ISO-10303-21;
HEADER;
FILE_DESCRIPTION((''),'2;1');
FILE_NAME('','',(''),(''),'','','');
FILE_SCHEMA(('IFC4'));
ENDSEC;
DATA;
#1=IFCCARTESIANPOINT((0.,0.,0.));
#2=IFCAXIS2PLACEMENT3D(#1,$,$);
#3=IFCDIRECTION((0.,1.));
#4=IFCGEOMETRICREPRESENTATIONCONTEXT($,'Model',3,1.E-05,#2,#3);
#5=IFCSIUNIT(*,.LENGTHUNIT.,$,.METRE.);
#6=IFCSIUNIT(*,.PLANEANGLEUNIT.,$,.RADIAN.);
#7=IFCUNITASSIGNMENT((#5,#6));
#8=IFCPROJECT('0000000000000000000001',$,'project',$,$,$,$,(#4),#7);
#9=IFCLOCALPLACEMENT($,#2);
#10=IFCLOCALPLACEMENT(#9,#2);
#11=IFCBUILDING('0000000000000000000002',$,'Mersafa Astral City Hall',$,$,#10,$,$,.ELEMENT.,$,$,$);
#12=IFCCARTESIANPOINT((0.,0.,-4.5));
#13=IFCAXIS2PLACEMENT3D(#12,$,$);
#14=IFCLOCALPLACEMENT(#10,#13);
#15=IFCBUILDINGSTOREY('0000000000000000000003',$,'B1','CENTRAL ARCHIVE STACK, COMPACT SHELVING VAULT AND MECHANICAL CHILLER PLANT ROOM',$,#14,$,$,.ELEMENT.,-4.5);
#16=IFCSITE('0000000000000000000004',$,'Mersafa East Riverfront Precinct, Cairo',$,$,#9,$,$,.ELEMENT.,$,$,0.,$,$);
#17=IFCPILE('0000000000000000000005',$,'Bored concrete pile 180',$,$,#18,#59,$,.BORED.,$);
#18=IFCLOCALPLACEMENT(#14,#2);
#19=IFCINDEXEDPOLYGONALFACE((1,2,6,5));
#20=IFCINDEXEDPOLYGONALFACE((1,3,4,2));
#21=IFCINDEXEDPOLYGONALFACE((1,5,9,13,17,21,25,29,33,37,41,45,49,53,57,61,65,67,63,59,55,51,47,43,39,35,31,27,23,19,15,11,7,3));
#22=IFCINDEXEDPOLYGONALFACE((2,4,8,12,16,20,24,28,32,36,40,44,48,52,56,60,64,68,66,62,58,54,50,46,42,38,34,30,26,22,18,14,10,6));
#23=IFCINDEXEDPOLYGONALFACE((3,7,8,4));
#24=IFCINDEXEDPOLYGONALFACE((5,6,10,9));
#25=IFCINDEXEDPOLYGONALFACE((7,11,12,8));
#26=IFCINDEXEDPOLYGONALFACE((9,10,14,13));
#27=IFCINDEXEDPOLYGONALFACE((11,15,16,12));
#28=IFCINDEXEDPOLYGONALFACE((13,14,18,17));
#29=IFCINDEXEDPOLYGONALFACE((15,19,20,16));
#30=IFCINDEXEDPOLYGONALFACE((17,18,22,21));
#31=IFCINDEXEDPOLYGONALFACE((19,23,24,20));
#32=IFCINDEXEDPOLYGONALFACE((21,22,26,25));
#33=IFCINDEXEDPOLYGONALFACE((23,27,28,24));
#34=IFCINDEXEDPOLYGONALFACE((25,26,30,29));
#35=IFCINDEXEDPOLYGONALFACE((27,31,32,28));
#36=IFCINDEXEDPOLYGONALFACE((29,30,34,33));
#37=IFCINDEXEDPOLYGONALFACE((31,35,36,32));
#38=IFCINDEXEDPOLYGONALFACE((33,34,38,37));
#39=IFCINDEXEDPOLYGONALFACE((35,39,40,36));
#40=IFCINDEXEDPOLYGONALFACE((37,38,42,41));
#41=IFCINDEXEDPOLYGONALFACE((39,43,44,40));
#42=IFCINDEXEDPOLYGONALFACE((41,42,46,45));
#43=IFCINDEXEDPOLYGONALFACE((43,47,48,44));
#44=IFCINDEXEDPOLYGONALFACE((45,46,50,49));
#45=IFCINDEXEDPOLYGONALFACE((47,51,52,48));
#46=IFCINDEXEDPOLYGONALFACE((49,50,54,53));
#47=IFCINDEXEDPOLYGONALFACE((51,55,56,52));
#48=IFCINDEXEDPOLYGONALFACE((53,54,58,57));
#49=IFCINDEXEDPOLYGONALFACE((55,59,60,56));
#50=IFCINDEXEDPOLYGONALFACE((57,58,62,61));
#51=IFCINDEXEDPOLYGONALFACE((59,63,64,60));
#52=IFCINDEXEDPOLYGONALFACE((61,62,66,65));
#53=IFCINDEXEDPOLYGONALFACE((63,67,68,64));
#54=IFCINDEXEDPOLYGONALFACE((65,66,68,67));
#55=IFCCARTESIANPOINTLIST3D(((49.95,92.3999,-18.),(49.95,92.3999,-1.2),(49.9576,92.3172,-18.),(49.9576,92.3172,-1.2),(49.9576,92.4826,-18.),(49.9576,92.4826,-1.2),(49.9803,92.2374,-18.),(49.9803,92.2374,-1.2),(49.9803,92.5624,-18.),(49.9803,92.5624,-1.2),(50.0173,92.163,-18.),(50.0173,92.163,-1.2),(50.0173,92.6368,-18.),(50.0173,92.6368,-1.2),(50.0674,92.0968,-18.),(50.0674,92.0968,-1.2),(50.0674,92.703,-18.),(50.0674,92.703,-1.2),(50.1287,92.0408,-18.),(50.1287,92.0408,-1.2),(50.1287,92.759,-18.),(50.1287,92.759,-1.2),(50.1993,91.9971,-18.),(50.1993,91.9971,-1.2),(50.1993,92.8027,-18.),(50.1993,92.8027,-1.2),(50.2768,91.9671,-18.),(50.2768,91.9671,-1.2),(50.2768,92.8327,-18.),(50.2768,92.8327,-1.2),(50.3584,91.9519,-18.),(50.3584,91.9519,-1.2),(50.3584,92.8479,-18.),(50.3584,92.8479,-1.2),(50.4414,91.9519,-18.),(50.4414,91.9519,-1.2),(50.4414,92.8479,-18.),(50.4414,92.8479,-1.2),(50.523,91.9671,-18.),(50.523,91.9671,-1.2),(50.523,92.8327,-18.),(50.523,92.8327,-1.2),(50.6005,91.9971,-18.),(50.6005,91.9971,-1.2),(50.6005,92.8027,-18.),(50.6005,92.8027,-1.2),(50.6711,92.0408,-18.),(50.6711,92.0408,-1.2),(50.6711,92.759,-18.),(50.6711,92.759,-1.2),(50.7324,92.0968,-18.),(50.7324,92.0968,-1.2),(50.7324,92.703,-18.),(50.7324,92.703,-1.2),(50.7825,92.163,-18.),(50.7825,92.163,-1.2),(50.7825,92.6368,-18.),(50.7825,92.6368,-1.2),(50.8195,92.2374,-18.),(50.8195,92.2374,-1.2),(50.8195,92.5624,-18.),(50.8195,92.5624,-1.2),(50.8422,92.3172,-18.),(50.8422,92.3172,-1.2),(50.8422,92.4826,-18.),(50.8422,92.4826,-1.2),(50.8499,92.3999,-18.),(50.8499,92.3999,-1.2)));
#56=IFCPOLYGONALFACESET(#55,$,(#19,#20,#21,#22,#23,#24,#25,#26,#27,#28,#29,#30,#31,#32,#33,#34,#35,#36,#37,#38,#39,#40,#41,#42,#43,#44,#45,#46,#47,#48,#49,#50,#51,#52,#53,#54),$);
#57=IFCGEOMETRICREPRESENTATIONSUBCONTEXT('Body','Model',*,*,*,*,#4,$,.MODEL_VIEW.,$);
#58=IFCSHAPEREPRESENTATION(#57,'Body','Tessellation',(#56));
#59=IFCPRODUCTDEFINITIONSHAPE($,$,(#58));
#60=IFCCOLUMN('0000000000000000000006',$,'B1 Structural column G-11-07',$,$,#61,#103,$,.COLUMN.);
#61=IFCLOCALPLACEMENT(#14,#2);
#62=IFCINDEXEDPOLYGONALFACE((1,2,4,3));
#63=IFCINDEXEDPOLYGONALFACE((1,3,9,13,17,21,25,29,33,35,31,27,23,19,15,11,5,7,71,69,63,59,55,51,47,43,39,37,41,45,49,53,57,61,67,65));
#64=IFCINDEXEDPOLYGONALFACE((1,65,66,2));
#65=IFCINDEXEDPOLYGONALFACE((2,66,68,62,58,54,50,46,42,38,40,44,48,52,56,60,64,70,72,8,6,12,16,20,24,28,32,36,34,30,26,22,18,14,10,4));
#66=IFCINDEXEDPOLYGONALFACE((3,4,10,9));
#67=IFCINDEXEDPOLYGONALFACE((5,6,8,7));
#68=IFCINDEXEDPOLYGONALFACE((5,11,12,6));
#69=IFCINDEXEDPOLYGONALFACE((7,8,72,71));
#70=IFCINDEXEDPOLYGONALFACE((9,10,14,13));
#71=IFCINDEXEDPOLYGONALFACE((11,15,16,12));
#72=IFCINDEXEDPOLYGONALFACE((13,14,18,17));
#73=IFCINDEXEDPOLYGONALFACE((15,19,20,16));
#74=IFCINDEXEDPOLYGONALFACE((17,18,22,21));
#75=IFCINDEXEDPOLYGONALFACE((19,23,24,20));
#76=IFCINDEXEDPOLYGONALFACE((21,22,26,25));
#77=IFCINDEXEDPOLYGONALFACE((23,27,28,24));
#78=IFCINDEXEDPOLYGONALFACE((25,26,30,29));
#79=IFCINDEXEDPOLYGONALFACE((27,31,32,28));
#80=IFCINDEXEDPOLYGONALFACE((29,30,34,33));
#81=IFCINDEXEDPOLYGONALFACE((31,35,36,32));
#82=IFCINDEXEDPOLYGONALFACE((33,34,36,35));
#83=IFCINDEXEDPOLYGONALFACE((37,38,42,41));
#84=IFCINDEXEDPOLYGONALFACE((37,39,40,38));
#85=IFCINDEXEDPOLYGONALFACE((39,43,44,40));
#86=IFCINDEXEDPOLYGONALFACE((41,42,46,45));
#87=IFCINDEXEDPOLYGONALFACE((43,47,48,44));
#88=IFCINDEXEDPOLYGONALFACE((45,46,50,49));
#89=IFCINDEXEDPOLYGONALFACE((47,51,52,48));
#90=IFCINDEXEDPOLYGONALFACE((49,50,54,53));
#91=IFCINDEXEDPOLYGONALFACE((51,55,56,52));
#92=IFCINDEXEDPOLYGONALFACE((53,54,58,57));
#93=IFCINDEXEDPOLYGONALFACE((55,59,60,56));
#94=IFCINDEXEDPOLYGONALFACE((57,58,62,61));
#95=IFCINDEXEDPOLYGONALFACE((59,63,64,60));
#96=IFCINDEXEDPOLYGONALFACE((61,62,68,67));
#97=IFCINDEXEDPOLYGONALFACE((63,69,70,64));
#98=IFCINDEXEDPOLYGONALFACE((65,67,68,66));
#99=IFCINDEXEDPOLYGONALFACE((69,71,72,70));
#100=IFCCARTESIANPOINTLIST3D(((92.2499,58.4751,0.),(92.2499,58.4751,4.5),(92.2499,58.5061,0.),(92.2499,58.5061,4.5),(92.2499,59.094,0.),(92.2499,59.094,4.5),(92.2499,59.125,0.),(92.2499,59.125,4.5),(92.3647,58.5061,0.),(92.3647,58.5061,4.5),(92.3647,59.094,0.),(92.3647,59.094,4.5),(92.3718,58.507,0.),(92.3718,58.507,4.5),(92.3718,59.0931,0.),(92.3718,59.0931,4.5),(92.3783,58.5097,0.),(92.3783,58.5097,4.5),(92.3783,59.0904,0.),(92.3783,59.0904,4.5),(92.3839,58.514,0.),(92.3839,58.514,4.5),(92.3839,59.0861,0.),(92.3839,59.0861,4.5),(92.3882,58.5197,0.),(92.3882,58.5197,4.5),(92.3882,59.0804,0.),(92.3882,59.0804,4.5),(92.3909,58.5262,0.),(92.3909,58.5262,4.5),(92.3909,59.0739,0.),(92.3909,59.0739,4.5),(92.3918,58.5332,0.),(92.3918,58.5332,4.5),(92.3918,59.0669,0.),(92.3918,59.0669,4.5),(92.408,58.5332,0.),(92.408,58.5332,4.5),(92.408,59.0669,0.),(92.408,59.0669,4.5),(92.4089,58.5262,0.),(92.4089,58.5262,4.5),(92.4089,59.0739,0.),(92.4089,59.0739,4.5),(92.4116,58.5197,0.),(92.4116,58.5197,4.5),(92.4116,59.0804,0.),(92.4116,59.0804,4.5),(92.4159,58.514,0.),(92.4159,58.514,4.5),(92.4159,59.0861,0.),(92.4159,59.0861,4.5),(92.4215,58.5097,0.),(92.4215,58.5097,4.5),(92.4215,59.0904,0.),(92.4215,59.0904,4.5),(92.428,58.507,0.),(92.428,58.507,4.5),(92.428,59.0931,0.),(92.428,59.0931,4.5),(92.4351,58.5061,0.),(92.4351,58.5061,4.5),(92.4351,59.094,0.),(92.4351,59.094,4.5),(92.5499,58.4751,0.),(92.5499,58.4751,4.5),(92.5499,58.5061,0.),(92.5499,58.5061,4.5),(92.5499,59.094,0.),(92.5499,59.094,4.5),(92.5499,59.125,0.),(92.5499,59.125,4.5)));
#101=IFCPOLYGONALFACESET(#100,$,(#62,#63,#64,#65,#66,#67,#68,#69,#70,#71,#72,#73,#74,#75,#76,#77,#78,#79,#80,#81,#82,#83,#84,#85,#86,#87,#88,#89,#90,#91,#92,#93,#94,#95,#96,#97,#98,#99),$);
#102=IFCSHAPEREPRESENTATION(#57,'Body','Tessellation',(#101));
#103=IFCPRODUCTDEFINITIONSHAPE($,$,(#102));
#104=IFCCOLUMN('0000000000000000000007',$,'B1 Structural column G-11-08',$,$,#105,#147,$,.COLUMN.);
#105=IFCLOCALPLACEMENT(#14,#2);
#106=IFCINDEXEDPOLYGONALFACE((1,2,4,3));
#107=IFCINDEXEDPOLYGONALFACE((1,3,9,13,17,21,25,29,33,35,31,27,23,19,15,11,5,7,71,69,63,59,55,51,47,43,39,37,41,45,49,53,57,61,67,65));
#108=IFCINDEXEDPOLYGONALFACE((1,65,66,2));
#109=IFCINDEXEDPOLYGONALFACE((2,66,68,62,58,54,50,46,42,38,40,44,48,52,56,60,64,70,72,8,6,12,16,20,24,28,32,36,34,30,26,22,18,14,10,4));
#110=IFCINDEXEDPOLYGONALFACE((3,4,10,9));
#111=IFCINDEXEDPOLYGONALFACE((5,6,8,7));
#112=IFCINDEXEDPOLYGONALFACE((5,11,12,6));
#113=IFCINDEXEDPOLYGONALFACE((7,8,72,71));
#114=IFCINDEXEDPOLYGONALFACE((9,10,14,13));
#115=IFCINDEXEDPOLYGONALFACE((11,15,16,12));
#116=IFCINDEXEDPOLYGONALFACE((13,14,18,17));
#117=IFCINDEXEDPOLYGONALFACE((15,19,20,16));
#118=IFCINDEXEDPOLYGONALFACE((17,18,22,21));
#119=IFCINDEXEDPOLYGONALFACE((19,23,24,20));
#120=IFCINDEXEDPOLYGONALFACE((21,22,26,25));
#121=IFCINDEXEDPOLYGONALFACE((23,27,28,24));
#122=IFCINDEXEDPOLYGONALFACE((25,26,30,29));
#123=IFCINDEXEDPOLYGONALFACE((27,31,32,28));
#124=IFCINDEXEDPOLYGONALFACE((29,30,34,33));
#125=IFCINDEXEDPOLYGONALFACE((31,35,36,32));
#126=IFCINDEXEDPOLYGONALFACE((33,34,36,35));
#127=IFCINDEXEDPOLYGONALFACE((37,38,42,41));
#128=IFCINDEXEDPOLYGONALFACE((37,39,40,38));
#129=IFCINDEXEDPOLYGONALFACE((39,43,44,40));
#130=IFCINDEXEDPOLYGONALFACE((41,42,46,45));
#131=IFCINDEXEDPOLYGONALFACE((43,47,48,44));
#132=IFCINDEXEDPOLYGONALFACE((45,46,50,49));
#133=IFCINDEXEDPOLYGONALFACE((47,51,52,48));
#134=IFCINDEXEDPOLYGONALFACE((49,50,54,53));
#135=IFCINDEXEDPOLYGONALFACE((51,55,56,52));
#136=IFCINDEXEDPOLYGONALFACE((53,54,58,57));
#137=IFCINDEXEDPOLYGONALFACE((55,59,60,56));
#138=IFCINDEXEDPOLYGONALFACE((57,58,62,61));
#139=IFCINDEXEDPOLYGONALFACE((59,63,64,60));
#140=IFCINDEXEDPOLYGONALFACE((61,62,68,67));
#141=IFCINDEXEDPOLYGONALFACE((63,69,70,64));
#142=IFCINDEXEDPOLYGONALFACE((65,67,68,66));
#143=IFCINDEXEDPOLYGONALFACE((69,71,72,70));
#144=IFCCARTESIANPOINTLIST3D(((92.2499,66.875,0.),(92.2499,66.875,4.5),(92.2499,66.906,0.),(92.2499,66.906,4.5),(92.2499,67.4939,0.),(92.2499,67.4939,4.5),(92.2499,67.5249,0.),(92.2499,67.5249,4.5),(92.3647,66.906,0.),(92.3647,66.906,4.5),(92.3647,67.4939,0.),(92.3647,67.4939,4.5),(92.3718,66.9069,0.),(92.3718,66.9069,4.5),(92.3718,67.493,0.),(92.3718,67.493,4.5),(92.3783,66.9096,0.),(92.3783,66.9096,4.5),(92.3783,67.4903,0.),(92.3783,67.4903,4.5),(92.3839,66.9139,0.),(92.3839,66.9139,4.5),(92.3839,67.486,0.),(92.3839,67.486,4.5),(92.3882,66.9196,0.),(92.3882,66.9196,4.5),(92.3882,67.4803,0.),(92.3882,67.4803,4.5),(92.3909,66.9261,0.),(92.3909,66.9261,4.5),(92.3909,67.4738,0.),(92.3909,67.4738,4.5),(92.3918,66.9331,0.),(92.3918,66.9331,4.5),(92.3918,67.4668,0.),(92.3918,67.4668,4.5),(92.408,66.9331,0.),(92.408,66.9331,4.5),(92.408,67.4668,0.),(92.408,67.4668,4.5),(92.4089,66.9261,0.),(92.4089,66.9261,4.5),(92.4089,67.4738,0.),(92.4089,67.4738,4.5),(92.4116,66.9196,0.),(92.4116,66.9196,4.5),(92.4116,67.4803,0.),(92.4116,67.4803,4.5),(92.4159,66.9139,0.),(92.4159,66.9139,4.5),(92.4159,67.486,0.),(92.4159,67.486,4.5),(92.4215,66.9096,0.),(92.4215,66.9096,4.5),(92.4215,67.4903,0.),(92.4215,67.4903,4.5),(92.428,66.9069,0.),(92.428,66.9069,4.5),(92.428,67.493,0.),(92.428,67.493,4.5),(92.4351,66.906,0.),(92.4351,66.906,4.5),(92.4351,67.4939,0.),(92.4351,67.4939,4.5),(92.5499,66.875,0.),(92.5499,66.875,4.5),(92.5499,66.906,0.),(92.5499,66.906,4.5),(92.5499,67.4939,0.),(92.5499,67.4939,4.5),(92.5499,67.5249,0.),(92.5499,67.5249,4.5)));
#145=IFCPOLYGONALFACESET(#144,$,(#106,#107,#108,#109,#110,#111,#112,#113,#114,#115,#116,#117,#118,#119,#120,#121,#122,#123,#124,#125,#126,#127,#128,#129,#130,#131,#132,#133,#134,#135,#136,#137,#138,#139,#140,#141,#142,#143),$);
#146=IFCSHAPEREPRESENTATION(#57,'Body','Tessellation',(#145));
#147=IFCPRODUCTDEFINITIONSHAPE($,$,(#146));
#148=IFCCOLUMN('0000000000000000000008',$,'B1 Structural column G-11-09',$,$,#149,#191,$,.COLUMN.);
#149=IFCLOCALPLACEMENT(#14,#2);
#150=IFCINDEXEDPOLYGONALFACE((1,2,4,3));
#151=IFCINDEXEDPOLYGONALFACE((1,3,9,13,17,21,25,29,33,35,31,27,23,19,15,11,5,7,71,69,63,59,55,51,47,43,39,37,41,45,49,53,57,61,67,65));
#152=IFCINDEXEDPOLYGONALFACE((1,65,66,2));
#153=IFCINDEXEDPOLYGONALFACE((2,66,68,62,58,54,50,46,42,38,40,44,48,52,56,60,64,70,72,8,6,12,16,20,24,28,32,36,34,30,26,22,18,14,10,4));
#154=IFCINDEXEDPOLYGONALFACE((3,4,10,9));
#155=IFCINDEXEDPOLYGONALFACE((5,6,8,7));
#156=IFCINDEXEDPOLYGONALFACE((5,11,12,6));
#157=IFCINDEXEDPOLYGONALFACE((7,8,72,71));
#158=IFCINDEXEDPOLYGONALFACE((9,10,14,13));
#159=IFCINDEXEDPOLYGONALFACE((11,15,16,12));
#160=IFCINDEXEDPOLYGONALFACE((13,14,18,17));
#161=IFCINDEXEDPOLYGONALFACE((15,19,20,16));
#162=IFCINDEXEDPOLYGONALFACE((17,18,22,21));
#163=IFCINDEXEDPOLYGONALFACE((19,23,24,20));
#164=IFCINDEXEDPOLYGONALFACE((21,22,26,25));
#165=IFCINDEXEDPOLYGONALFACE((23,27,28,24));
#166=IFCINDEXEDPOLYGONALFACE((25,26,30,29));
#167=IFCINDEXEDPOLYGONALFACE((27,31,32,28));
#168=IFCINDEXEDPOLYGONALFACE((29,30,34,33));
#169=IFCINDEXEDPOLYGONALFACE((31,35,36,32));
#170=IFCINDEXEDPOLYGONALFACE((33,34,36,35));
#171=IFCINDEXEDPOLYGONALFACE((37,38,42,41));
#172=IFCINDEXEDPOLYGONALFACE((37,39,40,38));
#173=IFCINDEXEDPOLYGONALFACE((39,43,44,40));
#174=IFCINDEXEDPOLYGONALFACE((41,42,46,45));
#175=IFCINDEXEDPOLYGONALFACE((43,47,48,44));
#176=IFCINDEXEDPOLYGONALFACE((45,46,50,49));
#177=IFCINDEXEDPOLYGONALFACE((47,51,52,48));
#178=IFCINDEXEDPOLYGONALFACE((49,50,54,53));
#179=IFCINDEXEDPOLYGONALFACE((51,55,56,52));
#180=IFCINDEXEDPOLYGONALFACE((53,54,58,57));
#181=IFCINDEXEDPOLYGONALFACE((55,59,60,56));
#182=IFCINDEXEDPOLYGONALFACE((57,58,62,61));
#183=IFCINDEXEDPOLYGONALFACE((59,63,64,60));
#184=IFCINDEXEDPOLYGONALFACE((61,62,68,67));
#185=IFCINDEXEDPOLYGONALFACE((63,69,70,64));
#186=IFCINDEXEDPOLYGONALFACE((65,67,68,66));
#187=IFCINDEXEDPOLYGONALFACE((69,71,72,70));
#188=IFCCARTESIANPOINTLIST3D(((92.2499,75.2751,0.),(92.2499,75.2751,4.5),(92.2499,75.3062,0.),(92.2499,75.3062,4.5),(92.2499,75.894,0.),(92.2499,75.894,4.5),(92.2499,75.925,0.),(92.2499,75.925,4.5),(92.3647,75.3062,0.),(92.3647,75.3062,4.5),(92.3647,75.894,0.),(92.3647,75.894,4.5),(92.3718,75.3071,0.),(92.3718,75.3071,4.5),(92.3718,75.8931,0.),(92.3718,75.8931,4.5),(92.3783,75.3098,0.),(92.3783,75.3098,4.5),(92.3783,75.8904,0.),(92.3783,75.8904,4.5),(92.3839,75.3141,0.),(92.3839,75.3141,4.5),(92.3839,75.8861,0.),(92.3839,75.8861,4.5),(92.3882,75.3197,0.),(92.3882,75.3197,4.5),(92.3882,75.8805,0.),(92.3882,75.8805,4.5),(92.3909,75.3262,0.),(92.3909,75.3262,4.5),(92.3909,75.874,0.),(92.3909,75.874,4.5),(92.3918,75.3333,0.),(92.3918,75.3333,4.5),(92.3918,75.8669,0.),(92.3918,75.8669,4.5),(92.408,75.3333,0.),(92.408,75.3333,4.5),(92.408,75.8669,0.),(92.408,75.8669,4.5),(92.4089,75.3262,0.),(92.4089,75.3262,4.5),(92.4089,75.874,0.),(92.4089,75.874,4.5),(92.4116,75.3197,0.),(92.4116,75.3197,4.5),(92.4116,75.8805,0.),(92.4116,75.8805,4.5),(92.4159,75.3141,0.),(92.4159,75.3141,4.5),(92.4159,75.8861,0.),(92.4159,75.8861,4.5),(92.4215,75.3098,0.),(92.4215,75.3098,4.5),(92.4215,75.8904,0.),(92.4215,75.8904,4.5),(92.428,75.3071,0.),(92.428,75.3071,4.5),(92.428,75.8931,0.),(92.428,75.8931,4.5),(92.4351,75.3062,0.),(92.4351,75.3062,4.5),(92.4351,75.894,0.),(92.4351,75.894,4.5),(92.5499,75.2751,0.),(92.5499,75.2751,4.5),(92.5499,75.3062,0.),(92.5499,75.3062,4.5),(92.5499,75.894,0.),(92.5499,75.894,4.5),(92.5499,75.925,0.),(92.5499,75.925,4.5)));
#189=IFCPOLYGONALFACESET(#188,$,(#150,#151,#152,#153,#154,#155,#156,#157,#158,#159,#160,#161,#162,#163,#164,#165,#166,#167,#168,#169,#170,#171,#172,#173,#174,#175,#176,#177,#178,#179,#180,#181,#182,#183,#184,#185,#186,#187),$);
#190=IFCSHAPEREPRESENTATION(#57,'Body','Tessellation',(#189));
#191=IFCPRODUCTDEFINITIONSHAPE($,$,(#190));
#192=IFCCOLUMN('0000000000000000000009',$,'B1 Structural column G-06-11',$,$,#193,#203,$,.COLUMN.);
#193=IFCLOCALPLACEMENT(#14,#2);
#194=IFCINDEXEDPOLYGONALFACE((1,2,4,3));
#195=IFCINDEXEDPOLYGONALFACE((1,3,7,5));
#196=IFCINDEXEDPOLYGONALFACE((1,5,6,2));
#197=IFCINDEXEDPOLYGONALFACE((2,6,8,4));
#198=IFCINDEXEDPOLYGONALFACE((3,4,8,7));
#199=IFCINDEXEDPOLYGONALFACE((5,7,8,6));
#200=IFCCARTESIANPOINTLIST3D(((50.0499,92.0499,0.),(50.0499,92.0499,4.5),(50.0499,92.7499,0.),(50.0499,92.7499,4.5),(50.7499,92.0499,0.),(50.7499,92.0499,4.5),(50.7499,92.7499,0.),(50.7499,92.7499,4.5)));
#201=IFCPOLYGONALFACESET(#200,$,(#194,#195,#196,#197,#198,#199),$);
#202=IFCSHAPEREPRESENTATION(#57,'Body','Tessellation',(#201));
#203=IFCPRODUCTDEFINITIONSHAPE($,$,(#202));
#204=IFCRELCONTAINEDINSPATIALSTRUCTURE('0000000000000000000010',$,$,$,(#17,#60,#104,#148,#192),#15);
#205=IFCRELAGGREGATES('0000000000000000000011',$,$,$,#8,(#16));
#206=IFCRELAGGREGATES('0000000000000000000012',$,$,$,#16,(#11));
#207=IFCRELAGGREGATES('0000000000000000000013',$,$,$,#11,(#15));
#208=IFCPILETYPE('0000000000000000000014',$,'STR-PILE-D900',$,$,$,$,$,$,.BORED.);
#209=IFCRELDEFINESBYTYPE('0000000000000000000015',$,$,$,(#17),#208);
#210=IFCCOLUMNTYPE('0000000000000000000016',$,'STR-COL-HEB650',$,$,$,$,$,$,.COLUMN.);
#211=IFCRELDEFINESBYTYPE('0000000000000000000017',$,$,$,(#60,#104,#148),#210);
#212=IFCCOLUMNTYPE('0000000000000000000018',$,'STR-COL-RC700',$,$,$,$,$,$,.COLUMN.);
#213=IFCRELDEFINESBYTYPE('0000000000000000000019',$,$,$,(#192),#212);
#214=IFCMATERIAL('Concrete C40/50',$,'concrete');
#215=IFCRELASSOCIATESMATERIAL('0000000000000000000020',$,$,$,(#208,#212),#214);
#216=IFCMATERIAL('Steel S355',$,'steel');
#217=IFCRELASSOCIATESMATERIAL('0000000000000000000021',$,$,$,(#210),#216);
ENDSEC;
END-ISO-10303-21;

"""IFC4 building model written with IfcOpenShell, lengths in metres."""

from ifc_helpers import new_model, si_unit, direction, frame, origin, origin_2d, place, context, subcontext, project, spatial, rectangle, circle, i_section, extrude, material, material_profile, profile_set, type_object, element, save


model = new_model("IFC4")

# Units and contexts
model_context = context("Model", 3, precision=1e-05, world=origin(), true_north=direction((0.0, 1.0)))
body_context = subcontext(model_context, "Body", "Model", "MODEL_VIEW")
ifc_project = project(units=[si_unit("LENGTHUNIT", "METRE"), si_unit("PLANEANGLEUNIT", "RADIAN")], contexts=[model_context])

# Site, building, storey
site_placement = place(None, origin())
site = spatial("IfcSite", under=ifc_project, at=site_placement, Name="Mersafa East Riverfront Precinct, Cairo", CompositionType="ELEMENT", RefElevation=0.0)
building_placement = place(site_placement, origin())
building = spatial("IfcBuilding", under=site, at=building_placement, Name="Mersafa Astral City Hall", CompositionType="ELEMENT")
storey_placement = place(building_placement, frame((0.0, 0.0, -4.5)))
storey = spatial("IfcBuildingStorey", under=building, at=storey_placement, Name="B1", Description="CENTRAL ARCHIVE STACK, COMPACT SHELVING VAULT AND MECHANICAL CHILLER PLANT ROOM", CompositionType="ELEMENT", Elevation=-4.5)

# Shared definitions
ifc_material_1 = material(Name="Concrete C40/50", Category="concrete")

# Pile
ifc_material_profile_1 = material_profile(ifc_material_1, circle(Radius=0.45, at=origin_2d()), Name="PILE D900")
ifc_profile_set_1 = profile_set([ifc_material_profile_1], Name="Concrete C40/50")
pile_type_1 = type_object("IfcPileType", Name="STR-PILE-D900", PredefinedType="BORED", material=ifc_profile_set_1)
for number, where, z_axis, x_axis, name in (
    (1, (50.3999, 92.3999, -1.2), (0.0, 0.0, -1.0), (1.0, 0.0, 0.0), "Bored concrete pile 180"),
):
    element("IfcPile", number, at=place(storey_placement, frame(where, z_axis=z_axis, x_axis=x_axis)), inside=storey, type_object=pile_type_1, Name=name, PredefinedType="BORED", context=body_context, shape_type="SweptSolid", body=[
        extrude(circle(Radius=0.45, at=origin_2d()), origin(), (0.0, 0.0, 1.0), 16.8),
    ])

# Columns
ifc_material_2 = material(Name="Steel S355", Category="steel")
ifc_material_profile_2 = material_profile(ifc_material_2, i_section(OverallWidth=0.3, OverallDepth=0.6499, WebThickness=0.0161, FlangeThickness=0.031, FilletRadius=0.0271, at=origin_2d()), Name="HEB 650")
ifc_profile_set_2 = profile_set([ifc_material_profile_2], Name="Steel S355")
column_type_1 = type_object("IfcColumnType", Name="STR-COL-HEB650", PredefinedType="COLUMN", material=ifc_profile_set_2)
for number, where, z_axis, x_axis, name in (
    (2, (92.3999, 58.8, 0.0), (0.0, 0.0, 1.0), (1.0, 0.0, 0.0), "B1 Structural column G-11-07"),
    (3, (92.3999, 67.2, 0.0), (0.0, 0.0, 1.0), (1.0, 0.0, 0.0), "B1 Structural column G-11-08"),
    (4, (92.3999, 75.6001, 0.0), (0.0, 0.0, 1.0), (1.0, 0.0, 0.0), "B1 Structural column G-11-09"),
):
    element("IfcColumn", number, at=place(storey_placement, frame(where, z_axis=z_axis, x_axis=x_axis)), inside=storey, type_object=column_type_1, Name=name, PredefinedType="COLUMN", context=body_context, shape_type="SweptSolid", body=[
        extrude(i_section(OverallWidth=0.3, OverallDepth=0.6499, WebThickness=0.0161, FlangeThickness=0.031, FilletRadius=0.0271, at=origin_2d()), origin(), (0.0, 0.0, 1.0), 4.5),
    ])
ifc_material_profile_3 = material_profile(ifc_material_1, rectangle(XDim=0.7, YDim=0.7, at=origin_2d()), Name="RC 700x700")
ifc_profile_set_3 = profile_set([ifc_material_profile_3], Name="Concrete C40/50")
column_type_2 = type_object("IfcColumnType", Name="STR-COL-RC700", PredefinedType="COLUMN", material=ifc_profile_set_3)
for number, where, z_axis, x_axis, name in (
    (5, (50.3999, 92.3999, 0.0), (0.0, 0.0, 1.0), (1.0, 0.0, 0.0), "B1 Structural column G-06-11"),
):
    element("IfcColumn", number, at=place(storey_placement, frame(where, z_axis=z_axis, x_axis=x_axis)), inside=storey, type_object=column_type_2, Name=name, PredefinedType="COLUMN", context=body_context, shape_type="SweptSolid", body=[
        extrude(rectangle(XDim=0.7, YDim=0.7, at=origin_2d()), origin(), (0.0, 0.0, 1.0), 4.5),
    ])

save(model, "model.ifc")
